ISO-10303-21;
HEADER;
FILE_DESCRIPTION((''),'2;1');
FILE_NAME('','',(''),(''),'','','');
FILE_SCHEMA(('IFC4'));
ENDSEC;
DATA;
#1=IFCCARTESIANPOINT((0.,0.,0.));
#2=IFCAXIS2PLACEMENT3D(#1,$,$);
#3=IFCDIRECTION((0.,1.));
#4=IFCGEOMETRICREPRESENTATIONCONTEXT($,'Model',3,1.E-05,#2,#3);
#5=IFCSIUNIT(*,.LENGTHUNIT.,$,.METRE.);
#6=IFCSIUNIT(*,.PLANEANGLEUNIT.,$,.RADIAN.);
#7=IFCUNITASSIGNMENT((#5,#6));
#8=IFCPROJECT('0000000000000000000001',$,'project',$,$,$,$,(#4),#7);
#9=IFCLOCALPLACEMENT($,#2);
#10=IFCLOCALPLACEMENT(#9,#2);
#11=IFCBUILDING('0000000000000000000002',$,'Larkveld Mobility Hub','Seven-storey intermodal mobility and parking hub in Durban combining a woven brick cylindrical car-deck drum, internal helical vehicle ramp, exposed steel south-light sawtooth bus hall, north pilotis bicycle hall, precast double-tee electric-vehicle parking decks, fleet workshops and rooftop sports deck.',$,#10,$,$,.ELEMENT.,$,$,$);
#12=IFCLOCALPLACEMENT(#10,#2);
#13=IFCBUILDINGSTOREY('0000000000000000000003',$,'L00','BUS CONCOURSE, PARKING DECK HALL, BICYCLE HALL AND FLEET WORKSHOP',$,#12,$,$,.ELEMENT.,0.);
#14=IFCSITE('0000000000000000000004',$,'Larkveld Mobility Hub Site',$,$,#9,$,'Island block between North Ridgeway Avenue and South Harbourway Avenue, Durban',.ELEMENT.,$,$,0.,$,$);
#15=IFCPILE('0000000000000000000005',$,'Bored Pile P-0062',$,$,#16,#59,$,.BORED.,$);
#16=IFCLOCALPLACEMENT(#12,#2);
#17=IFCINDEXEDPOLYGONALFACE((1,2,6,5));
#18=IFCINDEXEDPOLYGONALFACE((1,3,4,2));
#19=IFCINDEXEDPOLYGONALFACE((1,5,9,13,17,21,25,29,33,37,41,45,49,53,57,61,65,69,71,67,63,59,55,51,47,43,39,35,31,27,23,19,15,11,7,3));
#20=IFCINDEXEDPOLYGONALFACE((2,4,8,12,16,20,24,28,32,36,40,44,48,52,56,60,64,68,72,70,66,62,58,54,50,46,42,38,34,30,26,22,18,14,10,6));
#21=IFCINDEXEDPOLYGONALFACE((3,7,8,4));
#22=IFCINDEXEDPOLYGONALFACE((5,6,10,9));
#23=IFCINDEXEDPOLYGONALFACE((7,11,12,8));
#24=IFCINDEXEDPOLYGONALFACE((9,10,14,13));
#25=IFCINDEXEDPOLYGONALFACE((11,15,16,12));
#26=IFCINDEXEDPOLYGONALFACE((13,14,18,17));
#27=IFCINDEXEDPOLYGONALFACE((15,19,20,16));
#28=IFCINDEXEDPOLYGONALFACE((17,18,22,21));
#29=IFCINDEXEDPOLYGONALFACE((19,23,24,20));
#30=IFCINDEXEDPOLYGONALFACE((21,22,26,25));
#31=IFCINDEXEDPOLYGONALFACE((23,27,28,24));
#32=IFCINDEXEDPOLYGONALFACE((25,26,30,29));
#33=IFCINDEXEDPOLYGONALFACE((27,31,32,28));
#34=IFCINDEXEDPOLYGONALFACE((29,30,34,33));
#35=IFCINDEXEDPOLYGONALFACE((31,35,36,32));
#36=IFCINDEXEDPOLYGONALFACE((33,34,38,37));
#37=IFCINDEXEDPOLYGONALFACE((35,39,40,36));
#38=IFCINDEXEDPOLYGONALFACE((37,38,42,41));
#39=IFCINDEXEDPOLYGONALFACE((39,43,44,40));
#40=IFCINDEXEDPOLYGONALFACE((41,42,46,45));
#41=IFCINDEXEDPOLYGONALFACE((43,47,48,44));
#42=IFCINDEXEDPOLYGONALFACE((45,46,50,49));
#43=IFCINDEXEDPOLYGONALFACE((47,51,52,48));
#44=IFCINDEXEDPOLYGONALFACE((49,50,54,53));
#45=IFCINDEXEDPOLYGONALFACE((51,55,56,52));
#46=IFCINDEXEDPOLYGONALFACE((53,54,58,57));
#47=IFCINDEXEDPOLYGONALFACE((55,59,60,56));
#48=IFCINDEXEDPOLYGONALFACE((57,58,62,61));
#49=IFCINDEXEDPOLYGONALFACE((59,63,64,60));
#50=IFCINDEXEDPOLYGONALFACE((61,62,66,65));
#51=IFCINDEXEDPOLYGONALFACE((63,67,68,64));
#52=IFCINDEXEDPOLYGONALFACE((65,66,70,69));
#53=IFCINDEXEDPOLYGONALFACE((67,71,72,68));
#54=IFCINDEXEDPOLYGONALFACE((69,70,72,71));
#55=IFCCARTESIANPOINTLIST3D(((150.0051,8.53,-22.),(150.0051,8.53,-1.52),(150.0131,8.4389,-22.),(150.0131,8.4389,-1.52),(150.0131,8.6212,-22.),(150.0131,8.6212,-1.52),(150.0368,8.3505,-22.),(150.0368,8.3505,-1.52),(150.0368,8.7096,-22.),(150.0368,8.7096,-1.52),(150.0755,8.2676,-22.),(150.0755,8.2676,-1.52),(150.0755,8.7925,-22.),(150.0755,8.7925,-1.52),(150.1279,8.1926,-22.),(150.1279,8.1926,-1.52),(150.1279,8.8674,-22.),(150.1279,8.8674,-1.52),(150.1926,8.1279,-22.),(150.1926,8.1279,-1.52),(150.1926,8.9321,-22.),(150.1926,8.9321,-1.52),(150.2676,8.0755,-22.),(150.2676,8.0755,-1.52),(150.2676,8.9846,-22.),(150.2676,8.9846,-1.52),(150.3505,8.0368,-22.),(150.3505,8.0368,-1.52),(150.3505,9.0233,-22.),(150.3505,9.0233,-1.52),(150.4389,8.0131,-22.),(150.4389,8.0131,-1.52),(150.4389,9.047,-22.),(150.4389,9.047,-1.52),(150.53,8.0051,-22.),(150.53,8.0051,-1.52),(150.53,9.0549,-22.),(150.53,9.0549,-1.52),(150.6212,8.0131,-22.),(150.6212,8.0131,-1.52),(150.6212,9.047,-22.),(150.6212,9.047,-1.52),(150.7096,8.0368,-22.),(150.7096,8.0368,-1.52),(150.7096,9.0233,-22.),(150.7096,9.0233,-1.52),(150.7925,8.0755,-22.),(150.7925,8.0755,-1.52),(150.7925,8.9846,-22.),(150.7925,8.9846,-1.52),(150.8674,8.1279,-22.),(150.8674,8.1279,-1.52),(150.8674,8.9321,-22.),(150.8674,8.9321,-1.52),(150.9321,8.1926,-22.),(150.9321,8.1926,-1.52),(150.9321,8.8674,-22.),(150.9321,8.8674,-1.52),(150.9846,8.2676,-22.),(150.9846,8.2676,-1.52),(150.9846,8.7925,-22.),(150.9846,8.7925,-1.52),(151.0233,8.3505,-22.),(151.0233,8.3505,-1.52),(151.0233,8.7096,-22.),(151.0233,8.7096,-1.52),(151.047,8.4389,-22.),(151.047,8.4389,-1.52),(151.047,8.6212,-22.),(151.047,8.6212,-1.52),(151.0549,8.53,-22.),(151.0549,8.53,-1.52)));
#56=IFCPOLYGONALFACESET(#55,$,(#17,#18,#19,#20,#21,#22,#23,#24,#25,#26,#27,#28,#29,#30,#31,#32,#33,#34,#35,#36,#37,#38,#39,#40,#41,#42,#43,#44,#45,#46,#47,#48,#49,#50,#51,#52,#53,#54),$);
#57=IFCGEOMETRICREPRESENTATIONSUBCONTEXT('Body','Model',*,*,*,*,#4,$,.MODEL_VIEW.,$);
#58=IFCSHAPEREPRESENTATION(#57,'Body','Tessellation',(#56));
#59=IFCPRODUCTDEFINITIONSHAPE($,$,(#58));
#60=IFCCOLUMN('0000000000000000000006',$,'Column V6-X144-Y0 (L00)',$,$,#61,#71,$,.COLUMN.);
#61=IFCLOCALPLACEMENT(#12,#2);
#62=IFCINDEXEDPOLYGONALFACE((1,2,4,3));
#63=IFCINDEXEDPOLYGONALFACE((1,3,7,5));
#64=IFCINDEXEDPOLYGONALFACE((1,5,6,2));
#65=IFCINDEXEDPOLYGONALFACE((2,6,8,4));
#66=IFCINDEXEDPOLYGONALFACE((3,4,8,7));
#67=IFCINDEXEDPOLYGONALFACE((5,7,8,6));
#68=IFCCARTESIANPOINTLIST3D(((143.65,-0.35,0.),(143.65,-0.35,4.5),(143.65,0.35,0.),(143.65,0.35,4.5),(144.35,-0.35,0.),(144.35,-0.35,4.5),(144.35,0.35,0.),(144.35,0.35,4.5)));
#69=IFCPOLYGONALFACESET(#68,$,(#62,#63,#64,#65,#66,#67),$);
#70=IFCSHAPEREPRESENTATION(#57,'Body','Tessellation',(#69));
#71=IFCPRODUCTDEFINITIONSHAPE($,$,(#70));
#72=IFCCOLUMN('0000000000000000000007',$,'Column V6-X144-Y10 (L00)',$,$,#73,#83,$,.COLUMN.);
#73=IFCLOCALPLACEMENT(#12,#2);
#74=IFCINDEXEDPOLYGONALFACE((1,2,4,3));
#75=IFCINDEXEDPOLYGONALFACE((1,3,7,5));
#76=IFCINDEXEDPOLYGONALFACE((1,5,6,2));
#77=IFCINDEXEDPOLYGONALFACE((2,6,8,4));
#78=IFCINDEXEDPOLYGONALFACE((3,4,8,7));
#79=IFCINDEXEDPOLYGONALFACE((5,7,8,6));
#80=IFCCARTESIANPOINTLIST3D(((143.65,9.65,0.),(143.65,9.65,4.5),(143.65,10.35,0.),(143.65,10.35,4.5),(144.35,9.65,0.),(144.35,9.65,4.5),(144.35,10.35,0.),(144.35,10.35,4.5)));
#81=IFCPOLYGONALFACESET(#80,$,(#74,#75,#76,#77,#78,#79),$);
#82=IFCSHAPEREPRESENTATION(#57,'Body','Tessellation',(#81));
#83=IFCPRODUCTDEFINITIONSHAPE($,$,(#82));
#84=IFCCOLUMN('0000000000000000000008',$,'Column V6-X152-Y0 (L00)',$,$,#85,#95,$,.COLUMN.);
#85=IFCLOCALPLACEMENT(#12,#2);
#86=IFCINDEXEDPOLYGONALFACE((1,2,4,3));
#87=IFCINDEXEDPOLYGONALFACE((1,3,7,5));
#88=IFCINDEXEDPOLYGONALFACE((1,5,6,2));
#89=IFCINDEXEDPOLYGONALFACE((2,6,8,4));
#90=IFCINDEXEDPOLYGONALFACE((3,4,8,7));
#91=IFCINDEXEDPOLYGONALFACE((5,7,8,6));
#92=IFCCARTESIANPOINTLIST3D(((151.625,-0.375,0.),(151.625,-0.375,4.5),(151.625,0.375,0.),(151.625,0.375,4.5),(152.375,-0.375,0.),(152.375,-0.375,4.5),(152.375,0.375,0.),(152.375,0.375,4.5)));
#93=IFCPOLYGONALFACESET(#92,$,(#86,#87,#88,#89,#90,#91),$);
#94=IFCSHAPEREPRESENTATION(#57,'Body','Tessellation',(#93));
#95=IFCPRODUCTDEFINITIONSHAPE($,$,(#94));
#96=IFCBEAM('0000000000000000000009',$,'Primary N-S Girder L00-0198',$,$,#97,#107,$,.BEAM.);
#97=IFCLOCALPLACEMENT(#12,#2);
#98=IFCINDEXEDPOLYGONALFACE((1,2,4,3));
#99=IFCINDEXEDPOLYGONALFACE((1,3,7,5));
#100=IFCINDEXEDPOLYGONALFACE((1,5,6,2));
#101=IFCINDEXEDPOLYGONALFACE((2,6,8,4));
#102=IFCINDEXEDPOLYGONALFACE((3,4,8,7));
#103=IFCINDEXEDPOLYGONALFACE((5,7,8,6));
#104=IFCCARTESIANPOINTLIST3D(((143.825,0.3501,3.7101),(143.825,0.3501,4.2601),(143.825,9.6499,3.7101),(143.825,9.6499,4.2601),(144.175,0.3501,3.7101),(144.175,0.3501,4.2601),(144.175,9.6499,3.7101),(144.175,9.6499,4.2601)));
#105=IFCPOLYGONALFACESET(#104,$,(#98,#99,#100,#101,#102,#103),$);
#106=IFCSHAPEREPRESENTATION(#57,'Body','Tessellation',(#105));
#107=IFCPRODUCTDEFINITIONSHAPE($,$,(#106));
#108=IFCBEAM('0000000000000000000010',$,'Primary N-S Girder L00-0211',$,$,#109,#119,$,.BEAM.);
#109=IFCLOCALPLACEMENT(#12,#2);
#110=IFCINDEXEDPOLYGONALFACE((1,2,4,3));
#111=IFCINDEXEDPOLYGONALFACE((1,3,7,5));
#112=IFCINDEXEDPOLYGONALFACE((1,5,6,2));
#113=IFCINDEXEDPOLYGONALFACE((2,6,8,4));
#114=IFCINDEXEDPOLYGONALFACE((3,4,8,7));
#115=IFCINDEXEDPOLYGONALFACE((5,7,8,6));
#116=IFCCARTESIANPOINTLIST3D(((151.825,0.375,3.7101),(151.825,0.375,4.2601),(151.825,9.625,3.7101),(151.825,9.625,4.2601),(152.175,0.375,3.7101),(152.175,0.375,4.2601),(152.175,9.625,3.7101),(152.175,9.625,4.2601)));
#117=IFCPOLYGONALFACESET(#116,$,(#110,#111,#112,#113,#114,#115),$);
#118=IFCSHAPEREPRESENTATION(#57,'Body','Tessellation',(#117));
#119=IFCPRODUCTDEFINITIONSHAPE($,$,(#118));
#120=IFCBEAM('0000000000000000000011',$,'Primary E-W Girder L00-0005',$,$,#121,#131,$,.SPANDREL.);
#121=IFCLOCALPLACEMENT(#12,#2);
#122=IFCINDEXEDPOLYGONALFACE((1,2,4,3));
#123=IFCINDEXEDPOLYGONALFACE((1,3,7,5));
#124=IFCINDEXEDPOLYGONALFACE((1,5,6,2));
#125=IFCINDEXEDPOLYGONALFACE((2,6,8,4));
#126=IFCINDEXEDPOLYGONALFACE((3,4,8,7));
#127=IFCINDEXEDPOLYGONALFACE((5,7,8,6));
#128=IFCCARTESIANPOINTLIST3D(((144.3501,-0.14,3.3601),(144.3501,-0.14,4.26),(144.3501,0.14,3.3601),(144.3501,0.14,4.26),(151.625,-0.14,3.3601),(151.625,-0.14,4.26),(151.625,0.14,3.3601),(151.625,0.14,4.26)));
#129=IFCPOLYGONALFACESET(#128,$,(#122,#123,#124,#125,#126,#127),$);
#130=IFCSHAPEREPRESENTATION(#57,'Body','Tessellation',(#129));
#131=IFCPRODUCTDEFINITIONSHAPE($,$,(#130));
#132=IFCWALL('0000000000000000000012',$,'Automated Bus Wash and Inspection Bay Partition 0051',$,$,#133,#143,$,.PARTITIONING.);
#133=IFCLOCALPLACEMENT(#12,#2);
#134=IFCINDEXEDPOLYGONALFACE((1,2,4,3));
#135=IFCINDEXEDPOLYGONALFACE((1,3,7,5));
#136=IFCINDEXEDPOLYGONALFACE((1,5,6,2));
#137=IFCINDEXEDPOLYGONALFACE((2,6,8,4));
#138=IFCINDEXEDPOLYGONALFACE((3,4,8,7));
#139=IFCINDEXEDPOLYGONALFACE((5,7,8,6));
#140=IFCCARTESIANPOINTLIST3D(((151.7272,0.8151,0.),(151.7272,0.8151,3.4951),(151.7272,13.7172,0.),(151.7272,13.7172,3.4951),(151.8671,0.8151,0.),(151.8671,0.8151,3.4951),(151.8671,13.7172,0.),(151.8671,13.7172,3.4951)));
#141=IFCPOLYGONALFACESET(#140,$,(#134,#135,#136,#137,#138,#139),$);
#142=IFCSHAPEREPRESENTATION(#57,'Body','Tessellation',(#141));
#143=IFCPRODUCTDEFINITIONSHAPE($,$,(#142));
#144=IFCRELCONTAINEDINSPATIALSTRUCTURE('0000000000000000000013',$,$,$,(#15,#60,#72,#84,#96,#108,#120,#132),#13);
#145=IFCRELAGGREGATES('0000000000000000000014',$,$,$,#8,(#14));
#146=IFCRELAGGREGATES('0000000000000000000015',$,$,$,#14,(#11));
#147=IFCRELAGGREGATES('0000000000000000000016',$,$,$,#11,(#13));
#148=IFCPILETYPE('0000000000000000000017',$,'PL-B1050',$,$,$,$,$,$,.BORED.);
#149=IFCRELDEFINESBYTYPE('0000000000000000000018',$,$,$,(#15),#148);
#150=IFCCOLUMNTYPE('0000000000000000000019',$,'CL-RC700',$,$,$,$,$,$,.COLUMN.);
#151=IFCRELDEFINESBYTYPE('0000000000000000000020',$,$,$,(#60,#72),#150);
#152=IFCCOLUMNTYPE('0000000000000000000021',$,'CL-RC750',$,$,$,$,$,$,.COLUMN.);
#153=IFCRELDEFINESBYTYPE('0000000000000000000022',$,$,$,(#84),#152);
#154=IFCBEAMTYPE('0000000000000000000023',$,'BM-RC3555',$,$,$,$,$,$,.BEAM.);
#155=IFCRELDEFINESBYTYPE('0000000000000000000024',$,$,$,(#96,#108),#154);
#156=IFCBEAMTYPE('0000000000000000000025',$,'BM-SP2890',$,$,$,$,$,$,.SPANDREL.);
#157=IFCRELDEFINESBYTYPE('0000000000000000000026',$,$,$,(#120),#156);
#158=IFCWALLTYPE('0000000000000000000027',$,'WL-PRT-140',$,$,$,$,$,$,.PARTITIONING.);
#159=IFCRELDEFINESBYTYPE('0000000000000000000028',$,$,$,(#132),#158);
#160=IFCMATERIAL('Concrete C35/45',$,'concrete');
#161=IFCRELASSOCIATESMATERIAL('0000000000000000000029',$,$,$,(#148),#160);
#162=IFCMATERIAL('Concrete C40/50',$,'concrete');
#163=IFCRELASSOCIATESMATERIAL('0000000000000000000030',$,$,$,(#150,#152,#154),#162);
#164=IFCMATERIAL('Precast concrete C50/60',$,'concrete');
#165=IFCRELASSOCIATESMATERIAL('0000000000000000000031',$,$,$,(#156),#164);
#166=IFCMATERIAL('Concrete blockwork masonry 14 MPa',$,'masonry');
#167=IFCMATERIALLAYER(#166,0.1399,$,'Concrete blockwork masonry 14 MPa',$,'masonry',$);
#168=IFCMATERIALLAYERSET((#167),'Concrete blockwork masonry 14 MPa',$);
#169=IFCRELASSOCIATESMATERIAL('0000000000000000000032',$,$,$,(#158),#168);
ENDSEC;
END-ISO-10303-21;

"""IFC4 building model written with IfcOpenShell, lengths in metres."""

from ifc_helpers import new_model, si_unit, direction, frame, frame_2d, origin, origin_2d, place, context, subcontext, project, spatial, rectangle, circle, extrude, material, layer, layer_set, material_profile, profile_set, type_object, element, save


model = new_model("IFC4")

# Units and contexts
model_context = context("Model", 3, precision=1e-05, world=origin(), true_north=direction((0.0, 1.0)))
body_context = subcontext(model_context, "Body", "Model", "MODEL_VIEW")
ifc_project = project(units=[si_unit("LENGTHUNIT", "METRE"), si_unit("PLANEANGLEUNIT", "RADIAN")], contexts=[model_context])

# Site, building, storey
site_placement = place(None, origin())
site = spatial("IfcSite", under=ifc_project, at=site_placement, Name="Larkveld Mobility Hub Site", LongName="Island block between North Ridgeway Avenue and South Harbourway Avenue, Durban", CompositionType="ELEMENT", RefElevation=0.0)
building_placement = place(site_placement, origin())
building = spatial("IfcBuilding", under=site, at=building_placement, Name="Larkveld Mobility Hub", Description="Seven-storey intermodal mobility and parking hub in Durban combining a woven brick cylindrical car-deck drum, internal helical vehicle ramp, exposed steel south-light sawtooth bus hall, north pilotis bicycle hall, precast double-tee electric-vehicle parking decks, fleet workshops and rooftop sports deck.", CompositionType="ELEMENT")
storey_placement = place(building_placement, origin())
storey = spatial("IfcBuildingStorey", under=building, at=storey_placement, Name="L00", Description="BUS CONCOURSE, PARKING DECK HALL, BICYCLE HALL AND FLEET WORKSHOP", CompositionType="ELEMENT", Elevation=0.0)

# Shared definitions
ifc_material_1 = material(Name="Concrete C35/45", Category="concrete")

# Pile
ifc_material_profile_1 = material_profile(ifc_material_1, circle(Radius=0.5249, at=origin_2d()), Name="PILE D1050")
ifc_profile_set_1 = profile_set([ifc_material_profile_1], Name="Concrete C35/45")
pile_type = type_object("IfcPileType", Name="PL-B1050", PredefinedType="BORED", material=ifc_profile_set_1)
pile_placement = place(storey_placement, frame((150.53, 8.53, -1.52), z_axis=(0.0, 0.0, -1.0), x_axis=(1.0, 0.0, 0.0)))
element("IfcPile", 1, at=pile_placement, inside=storey, type_object=pile_type, Name="Bored Pile P-0062", PredefinedType="BORED", context=body_context, shape_type="SweptSolid", body=[
    extrude(circle(Radius=0.5249, at=origin_2d()), origin(), (0.0, 0.0, 1.0), 20.48),
])

# Columns
ifc_material_2 = material(Name="Concrete C40/50", Category="concrete")
ifc_material_profile_2 = material_profile(ifc_material_2, rectangle(XDim=0.7, YDim=0.7, at=origin_2d()), Name="RC COL 700x700")
ifc_profile_set_2 = profile_set([ifc_material_profile_2], Name="Concrete C40/50")
column_type_1 = type_object("IfcColumnType", Name="CL-RC700", PredefinedType="COLUMN", material=ifc_profile_set_2)
for number, where, z_axis, x_axis, name in (
    (2, (144.0, 0.0, 0.0), (0.0, 0.0, 1.0), (1.0, 0.0, 0.0), "Column V6-X144-Y0 (L00)"),
    (3, (144.0, 10.0, 0.0), (0.0, 0.0, 1.0), (1.0, 0.0, 0.0), "Column V6-X144-Y10 (L00)"),
):
    element("IfcColumn", number, at=place(storey_placement, frame(where, z_axis=z_axis, x_axis=x_axis)), inside=storey, type_object=column_type_1, Name=name, PredefinedType="COLUMN", context=body_context, shape_type="SweptSolid", body=[
        extrude(rectangle(XDim=0.7, YDim=0.7, at=origin_2d()), origin(), (0.0, 0.0, 1.0), 4.5),
    ])
ifc_material_profile_3 = material_profile(ifc_material_2, rectangle(XDim=0.75, YDim=0.75, at=origin_2d()), Name="RC COL 750x750")
ifc_profile_set_3 = profile_set([ifc_material_profile_3], Name="Concrete C40/50")
column_type_2 = type_object("IfcColumnType", Name="CL-RC750", PredefinedType="COLUMN", material=ifc_profile_set_3)
column_placement = place(storey_placement, frame((152.0, 0.0, 0.0), z_axis=(0.0, 0.0, 1.0), x_axis=(1.0, 0.0, 0.0)))
element("IfcColumn", 4, at=column_placement, inside=storey, type_object=column_type_2, Name="Column V6-X152-Y0 (L00)", PredefinedType="COLUMN", context=body_context, shape_type="SweptSolid", body=[
    extrude(rectangle(XDim=0.75, YDim=0.75, at=origin_2d()), origin(), (0.0, 0.0, 1.0), 4.5),
])

# Beams
ifc_material_profile_4 = material_profile(ifc_material_2, rectangle(XDim=0.3501, YDim=0.55, at=origin_2d()), Name="RC BM 350x550")
ifc_profile_set_4 = profile_set([ifc_material_profile_4], Name="Concrete C40/50")
beam_type_1 = type_object("IfcBeamType", Name="BM-RC3555", PredefinedType="BEAM", material=ifc_profile_set_4)
beam_1_placement = place(storey_placement, frame((144.0, 0.3501, 3.9851), z_axis=(0.0, 1.0, 0.0), x_axis=(-1.0, 0.0, 0.0)))
element("IfcBeam", 5, at=beam_1_placement, inside=storey, type_object=beam_type_1, Name="Primary N-S Girder L00-0198", PredefinedType="BEAM", context=body_context, shape_type="SweptSolid", body=[
    extrude(rectangle(XDim=0.3501, YDim=0.55, at=origin_2d()), origin(), (0.0, 0.0, 1.0), 9.2998),
])
beam_2_placement = place(storey_placement, frame((152.0, 0.375, 3.9851), z_axis=(0.0, 1.0, 0.0), x_axis=(-1.0, 0.0, 0.0)))
element("IfcBeam", 6, at=beam_2_placement, inside=storey, type_object=beam_type_1, Name="Primary N-S Girder L00-0211", PredefinedType="BEAM", context=body_context, shape_type="SweptSolid", body=[
    extrude(rectangle(XDim=0.3501, YDim=0.55, at=origin_2d()), origin(), (0.0, 0.0, 1.0), 9.25),
])
ifc_material_3 = material(Name="Precast concrete C50/60", Category="concrete")
ifc_material_profile_5 = material_profile(ifc_material_3, rectangle(XDim=0.28, YDim=0.8999, at=origin_2d()), Name="PC SP 280x900")
ifc_profile_set_5 = profile_set([ifc_material_profile_5], Name="Precast concrete C50/60")
beam_type_2 = type_object("IfcBeamType", Name="BM-SP2890", PredefinedType="SPANDREL", material=ifc_profile_set_5)
beam_3_placement = place(storey_placement, frame((144.3501, 0.0, 3.8101), z_axis=(1.0, 0.0, 0.0), x_axis=(0.0, 1.0, 0.0)))
element("IfcBeam", 7, at=beam_3_placement, inside=storey, type_object=beam_type_2, Name="Primary E-W Girder L00-0005", PredefinedType="SPANDREL", context=body_context, shape_type="SweptSolid", body=[
    extrude(rectangle(XDim=0.28, YDim=0.8999, at=origin_2d()), origin(), (0.0, 0.0, 1.0), 7.2749),
])

# Wall
ifc_material_4 = material(Name="Concrete blockwork masonry 14 MPa", Category="masonry")
ifc_layer = layer(ifc_material_4, 0.1399, Name="Concrete blockwork masonry 14 MPa", Category="masonry")
ifc_layer_set = layer_set([ifc_layer], Name="Concrete blockwork masonry 14 MPa")
wall_type = type_object("IfcWallType", Name="WL-PRT-140", PredefinedType="PARTITIONING", material=ifc_layer_set)
wall_placement = place(storey_placement, frame((151.7971, 0.8149, 0.0), z_axis=(0.0, 0.0, 1.0), x_axis=(0.0, 1.0, 0.0)))
element("IfcWall", 8, at=wall_placement, inside=storey, type_object=wall_type, Name="Automated Bus Wash and Inspection Bay Partition 0051", PredefinedType="PARTITIONING", context=body_context, shape_type="SweptSolid", body=[
    extrude(rectangle(XDim=12.9021, YDim=0.1399, at=frame_2d((6.4512, 0.0))), origin(), (0.0, 0.0, 1.0), 3.4951),
])

save(model, "model.ifc")
